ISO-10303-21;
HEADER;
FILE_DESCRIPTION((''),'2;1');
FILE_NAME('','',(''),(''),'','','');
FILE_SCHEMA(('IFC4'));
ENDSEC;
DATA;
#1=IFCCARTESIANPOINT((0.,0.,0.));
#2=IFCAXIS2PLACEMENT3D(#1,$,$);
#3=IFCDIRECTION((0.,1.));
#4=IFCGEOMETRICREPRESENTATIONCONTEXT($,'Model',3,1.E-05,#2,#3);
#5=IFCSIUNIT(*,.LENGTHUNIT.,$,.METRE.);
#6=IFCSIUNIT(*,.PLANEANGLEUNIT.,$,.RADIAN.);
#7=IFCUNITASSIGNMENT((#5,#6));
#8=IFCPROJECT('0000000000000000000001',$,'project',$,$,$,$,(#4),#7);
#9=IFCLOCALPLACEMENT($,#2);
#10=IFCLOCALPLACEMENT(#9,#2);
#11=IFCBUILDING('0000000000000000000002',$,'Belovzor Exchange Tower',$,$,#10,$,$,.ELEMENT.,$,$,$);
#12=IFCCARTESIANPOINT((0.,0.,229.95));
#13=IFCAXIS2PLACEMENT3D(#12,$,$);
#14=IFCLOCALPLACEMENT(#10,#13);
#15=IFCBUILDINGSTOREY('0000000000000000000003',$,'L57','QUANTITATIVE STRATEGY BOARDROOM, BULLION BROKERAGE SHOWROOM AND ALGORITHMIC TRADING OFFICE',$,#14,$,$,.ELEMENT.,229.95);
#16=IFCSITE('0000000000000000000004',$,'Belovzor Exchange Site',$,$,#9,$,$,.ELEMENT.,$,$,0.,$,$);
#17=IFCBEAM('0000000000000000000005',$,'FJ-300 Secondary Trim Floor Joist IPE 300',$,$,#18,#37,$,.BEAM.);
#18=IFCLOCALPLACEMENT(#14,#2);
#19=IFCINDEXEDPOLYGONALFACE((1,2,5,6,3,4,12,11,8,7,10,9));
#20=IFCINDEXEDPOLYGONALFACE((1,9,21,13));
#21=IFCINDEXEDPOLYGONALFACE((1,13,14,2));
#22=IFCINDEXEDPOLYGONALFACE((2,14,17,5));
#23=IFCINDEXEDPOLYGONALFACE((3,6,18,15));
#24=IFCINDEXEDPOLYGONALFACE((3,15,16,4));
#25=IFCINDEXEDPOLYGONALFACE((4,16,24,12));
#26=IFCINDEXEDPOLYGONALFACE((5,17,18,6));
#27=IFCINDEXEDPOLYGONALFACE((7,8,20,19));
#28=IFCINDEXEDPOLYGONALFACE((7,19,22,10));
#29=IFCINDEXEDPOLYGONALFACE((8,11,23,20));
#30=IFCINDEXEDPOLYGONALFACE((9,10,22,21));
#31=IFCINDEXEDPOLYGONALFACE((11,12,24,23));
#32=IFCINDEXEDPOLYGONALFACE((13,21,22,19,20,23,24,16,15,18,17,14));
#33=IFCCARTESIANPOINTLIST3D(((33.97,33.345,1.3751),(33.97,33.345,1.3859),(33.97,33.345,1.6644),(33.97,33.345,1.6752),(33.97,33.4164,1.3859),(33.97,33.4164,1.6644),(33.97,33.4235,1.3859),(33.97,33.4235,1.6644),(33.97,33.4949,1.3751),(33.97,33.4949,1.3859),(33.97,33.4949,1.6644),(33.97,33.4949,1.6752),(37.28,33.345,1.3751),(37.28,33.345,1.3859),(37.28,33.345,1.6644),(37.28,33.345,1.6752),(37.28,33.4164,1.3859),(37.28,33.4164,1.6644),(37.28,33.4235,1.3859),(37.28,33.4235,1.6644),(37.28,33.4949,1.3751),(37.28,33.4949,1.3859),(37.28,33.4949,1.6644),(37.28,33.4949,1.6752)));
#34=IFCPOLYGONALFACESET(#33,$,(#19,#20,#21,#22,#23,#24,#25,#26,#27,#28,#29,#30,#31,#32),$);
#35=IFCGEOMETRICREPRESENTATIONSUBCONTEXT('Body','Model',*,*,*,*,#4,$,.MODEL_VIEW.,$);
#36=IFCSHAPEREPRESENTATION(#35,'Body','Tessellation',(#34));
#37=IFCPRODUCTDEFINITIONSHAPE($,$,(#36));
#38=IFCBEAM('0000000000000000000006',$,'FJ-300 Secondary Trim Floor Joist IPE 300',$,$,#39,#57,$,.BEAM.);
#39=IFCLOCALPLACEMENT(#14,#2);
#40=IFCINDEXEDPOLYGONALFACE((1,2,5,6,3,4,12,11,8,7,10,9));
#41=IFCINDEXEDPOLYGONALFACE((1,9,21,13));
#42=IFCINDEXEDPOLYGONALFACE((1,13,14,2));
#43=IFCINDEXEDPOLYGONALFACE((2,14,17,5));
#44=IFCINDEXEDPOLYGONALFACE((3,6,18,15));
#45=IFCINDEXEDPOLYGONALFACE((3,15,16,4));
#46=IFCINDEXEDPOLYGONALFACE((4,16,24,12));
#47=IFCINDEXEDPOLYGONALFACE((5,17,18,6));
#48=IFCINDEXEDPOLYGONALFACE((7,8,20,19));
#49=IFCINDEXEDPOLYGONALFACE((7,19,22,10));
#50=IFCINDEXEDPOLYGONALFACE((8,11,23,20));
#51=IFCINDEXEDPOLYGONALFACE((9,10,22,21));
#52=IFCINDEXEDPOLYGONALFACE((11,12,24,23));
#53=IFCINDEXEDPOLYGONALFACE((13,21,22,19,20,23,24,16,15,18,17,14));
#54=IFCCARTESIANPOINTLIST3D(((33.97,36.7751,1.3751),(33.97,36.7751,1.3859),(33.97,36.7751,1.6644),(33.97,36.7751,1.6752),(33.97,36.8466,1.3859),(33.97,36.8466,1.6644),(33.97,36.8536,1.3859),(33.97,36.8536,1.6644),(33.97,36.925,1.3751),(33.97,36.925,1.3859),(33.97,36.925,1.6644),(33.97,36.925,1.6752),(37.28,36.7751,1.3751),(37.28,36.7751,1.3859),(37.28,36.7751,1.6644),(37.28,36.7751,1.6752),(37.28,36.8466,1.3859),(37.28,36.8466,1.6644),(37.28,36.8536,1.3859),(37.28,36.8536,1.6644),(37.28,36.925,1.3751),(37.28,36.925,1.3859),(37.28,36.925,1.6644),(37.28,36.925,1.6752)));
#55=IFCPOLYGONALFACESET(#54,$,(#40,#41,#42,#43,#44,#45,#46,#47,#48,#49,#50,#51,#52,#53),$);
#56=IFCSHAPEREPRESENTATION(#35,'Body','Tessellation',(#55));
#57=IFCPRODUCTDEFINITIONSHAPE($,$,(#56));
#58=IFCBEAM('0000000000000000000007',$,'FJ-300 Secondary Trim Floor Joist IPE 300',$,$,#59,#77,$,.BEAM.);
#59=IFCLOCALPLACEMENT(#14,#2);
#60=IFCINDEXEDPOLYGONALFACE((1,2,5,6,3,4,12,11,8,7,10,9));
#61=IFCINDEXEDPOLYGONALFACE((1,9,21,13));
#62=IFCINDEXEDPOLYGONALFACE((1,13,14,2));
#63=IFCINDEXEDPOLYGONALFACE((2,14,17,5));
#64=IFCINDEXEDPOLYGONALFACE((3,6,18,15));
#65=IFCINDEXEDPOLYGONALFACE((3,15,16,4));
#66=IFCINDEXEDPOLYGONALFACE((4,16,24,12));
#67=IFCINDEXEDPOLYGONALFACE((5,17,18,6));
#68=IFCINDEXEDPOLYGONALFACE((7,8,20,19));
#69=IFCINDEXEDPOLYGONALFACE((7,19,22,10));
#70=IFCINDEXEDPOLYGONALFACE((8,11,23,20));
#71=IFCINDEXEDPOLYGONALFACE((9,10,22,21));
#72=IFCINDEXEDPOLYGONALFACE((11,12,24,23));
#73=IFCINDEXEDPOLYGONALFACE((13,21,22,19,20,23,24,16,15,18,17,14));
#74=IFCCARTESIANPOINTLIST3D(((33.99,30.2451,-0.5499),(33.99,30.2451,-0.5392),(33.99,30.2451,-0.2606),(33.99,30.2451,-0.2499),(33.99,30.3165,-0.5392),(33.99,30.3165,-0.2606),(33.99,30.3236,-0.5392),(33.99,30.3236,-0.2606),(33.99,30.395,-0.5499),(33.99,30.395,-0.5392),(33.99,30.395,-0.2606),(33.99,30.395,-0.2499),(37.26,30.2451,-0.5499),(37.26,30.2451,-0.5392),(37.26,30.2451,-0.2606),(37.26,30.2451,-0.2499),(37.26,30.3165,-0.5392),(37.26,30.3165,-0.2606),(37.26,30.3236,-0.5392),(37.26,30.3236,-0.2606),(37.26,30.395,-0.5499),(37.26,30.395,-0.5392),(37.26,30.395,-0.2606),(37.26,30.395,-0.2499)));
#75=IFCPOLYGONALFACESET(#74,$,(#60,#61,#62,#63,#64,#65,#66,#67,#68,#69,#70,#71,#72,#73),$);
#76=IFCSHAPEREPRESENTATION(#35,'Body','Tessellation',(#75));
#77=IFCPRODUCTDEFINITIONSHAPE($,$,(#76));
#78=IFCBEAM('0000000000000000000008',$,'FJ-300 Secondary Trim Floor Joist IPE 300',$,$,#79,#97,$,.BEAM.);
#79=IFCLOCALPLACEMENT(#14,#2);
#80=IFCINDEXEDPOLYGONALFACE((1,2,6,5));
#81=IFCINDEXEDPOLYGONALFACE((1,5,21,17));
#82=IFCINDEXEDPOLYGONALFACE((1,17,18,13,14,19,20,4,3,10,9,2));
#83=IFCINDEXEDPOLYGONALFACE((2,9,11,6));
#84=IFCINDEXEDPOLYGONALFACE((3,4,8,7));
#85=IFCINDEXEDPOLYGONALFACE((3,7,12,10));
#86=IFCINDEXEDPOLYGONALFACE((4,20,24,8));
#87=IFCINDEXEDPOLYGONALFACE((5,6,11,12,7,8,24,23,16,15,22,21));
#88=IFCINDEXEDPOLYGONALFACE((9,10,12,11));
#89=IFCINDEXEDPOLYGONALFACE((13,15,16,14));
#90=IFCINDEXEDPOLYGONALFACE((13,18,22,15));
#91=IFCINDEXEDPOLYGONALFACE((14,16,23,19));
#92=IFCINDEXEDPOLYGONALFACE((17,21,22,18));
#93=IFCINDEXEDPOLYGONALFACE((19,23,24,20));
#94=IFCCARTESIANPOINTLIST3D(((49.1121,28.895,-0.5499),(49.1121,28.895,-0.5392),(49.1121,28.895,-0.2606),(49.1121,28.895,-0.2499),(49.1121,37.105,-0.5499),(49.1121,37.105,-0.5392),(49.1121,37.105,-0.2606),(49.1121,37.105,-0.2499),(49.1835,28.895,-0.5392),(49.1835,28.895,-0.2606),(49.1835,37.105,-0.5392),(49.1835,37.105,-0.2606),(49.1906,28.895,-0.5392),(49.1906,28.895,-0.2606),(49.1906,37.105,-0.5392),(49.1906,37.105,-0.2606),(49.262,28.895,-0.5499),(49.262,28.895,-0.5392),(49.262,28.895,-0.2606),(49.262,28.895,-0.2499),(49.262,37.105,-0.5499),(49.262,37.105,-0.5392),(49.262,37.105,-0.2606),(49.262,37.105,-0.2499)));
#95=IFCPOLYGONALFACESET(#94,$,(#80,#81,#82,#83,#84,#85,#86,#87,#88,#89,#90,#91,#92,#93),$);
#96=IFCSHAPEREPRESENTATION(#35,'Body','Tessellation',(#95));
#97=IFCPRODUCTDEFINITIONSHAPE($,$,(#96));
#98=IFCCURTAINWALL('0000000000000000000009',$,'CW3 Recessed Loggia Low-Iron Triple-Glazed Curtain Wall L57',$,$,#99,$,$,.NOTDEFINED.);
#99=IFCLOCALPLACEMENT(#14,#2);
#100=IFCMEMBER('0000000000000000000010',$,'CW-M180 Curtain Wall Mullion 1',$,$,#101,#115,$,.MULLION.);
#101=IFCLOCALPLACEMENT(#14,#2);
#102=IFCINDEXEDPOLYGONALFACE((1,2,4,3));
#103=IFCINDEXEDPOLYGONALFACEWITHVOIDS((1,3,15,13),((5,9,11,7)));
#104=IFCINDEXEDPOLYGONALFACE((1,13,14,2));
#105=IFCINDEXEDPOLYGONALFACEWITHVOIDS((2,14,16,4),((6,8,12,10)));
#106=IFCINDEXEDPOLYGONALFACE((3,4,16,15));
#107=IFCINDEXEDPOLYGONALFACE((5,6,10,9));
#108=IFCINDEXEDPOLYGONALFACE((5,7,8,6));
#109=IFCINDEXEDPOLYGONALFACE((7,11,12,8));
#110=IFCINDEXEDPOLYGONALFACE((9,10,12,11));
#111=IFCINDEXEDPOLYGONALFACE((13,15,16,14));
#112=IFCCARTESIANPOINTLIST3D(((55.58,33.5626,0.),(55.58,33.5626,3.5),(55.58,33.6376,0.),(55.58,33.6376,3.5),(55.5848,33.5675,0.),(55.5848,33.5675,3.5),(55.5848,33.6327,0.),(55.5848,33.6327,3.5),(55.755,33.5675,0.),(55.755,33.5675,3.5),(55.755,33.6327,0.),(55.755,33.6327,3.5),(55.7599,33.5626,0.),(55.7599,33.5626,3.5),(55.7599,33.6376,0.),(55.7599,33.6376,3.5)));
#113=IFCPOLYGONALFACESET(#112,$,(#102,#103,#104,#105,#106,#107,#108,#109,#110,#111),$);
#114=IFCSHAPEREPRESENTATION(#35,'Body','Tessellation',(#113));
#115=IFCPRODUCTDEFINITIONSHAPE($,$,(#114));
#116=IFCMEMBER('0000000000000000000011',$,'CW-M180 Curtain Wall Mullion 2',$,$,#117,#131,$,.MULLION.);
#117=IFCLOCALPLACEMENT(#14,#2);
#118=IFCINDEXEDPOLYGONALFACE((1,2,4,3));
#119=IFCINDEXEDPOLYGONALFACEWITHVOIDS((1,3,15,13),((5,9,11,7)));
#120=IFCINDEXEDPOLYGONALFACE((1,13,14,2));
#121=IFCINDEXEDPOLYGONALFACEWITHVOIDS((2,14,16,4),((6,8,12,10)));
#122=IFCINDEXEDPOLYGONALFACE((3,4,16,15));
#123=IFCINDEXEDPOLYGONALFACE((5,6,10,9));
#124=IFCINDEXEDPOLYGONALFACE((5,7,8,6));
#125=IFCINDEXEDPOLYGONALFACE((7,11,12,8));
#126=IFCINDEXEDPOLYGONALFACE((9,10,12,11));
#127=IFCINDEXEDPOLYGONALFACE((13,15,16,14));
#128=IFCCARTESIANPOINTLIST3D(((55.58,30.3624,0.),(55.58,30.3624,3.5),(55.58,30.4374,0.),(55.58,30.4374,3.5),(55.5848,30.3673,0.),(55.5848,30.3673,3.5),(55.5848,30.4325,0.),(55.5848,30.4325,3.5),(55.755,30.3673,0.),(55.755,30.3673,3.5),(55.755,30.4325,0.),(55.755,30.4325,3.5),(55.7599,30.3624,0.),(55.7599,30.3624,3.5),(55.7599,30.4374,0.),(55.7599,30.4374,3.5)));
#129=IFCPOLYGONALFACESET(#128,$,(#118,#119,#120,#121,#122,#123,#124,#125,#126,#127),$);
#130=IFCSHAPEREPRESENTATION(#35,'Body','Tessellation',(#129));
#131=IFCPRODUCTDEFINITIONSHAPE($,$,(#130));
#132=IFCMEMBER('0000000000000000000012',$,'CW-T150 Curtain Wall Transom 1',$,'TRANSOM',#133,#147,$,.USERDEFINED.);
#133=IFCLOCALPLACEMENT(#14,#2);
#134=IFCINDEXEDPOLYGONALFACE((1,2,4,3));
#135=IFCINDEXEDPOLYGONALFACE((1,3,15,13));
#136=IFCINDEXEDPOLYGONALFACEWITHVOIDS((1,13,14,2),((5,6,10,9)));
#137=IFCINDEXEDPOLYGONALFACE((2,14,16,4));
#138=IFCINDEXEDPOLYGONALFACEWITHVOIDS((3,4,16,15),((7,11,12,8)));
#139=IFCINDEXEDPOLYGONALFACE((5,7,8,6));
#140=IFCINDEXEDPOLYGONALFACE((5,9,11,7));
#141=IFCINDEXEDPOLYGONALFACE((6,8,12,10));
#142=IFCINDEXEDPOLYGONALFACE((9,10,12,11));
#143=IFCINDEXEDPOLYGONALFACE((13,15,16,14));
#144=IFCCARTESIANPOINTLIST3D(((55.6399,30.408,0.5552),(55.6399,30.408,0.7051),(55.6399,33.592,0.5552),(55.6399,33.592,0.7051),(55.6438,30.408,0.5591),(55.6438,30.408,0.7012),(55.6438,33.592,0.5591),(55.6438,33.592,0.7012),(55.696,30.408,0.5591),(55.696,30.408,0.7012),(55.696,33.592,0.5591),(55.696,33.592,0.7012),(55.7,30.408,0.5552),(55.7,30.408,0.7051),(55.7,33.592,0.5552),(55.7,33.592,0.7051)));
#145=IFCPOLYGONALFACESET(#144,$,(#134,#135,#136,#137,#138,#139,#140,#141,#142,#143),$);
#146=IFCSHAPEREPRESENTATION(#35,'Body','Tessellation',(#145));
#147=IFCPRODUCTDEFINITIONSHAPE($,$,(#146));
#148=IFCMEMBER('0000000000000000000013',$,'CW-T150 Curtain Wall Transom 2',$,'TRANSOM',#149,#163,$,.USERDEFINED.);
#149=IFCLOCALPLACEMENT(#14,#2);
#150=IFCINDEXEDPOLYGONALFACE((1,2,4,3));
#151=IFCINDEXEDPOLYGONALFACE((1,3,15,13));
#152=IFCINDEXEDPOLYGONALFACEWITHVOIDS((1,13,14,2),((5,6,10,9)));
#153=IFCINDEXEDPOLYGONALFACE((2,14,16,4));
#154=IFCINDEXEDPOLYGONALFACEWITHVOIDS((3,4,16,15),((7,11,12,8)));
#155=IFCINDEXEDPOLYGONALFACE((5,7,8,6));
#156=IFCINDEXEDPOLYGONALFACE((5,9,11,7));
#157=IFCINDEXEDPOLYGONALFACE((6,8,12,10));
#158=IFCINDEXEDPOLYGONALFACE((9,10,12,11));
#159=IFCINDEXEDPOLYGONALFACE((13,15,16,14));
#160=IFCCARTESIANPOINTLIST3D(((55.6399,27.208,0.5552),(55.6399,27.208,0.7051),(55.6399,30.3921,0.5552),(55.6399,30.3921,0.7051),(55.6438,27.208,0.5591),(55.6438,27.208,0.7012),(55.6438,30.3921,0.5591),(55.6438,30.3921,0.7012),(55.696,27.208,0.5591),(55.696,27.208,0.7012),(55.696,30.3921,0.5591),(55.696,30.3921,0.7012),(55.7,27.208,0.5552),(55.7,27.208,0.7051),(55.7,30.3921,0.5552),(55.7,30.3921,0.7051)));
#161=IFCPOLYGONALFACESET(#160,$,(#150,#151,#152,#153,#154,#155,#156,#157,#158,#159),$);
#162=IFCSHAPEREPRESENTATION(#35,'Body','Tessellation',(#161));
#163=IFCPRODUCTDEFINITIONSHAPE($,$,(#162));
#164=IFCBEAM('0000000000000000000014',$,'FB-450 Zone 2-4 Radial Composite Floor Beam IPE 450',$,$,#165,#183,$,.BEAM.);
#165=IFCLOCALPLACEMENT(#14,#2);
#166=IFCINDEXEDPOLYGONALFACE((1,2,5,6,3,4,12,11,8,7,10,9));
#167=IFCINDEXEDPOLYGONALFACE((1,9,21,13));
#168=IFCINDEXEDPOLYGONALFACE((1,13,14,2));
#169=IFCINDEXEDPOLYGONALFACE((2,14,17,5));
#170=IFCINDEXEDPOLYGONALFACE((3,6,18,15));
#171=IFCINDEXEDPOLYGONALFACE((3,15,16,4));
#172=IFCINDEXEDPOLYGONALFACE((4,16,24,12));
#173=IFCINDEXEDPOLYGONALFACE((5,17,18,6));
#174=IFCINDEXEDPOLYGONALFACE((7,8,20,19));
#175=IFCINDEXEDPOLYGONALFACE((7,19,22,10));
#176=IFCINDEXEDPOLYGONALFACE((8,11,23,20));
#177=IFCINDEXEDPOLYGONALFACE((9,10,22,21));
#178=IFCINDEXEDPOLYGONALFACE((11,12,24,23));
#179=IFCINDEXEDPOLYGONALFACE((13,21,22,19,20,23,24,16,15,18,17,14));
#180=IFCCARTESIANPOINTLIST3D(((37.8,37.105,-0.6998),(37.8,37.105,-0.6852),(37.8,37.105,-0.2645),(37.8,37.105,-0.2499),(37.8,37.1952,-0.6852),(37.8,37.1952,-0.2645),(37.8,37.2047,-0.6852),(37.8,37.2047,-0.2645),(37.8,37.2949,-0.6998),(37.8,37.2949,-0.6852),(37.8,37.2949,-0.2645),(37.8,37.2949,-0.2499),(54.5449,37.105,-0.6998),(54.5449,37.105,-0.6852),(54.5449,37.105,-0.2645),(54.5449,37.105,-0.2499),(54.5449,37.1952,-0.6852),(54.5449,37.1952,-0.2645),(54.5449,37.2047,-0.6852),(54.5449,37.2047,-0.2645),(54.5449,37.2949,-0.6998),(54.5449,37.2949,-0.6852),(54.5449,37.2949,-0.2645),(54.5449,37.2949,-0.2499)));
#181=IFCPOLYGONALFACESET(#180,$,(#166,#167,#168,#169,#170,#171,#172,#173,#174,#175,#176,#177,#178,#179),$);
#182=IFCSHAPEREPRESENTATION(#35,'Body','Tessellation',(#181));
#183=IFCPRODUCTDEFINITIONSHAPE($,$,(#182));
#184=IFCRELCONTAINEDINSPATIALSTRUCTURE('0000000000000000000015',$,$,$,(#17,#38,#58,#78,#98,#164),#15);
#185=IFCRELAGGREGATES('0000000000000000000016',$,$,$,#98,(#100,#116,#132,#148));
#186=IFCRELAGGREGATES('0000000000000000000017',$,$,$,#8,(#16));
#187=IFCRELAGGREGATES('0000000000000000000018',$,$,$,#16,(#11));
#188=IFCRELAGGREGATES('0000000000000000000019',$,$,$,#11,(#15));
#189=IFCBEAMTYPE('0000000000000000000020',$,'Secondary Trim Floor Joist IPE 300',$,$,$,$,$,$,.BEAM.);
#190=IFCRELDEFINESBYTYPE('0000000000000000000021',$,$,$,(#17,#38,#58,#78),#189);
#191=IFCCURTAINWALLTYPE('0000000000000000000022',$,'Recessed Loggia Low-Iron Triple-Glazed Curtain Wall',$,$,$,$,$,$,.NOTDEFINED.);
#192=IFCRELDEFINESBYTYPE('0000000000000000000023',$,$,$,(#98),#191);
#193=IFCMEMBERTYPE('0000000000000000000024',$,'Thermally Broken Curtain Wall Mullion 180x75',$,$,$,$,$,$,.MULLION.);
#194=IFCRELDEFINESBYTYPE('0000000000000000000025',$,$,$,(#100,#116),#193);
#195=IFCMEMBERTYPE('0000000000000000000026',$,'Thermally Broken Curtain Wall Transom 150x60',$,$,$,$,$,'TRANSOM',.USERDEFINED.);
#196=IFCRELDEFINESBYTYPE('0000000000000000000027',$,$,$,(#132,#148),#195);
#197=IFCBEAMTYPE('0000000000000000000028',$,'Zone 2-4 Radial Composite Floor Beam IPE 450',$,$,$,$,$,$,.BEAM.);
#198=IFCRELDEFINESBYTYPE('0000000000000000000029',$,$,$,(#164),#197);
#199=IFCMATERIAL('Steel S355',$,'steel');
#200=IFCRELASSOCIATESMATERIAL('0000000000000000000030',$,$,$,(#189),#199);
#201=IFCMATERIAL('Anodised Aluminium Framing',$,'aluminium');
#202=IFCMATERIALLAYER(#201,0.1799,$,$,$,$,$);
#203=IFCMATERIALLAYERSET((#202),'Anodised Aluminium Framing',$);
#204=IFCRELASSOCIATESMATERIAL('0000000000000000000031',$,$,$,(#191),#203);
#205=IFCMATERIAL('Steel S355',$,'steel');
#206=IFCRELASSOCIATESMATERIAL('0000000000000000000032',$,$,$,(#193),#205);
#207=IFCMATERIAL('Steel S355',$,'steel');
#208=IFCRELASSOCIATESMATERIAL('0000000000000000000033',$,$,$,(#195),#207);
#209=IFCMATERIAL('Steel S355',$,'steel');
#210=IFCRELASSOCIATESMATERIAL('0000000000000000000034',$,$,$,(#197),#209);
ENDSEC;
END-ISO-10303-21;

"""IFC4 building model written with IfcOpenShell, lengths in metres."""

from ifc_helpers import new_model, si_unit, direction, frame, origin, origin_2d, place, context, subcontext, project, spatial, hollow_rectangle, i_section, extrude, material, layer, layer_set, material_profile, profile_set, type_object, element, aggregate, save


model = new_model("IFC4")

# Units and contexts
model_context = context("Model", 3, precision=1e-05, world=origin(), true_north=direction((0.0, 1.0)))
body_context = subcontext(model_context, "Body", "Model", "MODEL_VIEW")
ifc_project = project(units=[si_unit("LENGTHUNIT", "METRE"), si_unit("PLANEANGLEUNIT", "RADIAN")], contexts=[model_context])

# Site, building, storey
site_placement = place(None, origin())
site = spatial("IfcSite", under=ifc_project, at=site_placement, Name="Belovzor Exchange Site", CompositionType="ELEMENT", RefElevation=0.0)
building_placement = place(site_placement, origin())
building = spatial("IfcBuilding", under=site, at=building_placement, Name="Belovzor Exchange Tower", CompositionType="ELEMENT")
storey_placement = place(building_placement, frame((0.0, 0.0, 229.95)))
storey = spatial("IfcBuildingStorey", under=building, at=storey_placement, Name="L57", Description="QUANTITATIVE STRATEGY BOARDROOM, BULLION BROKERAGE SHOWROOM AND ALGORITHMIC TRADING OFFICE", CompositionType="ELEMENT", Elevation=229.95)

# Beams
ifc_material_1 = material(Name="Steel S355", Category="steel")
ifc_material_profile_1 = material_profile(ifc_material_1, i_section(OverallWidth=0.1499, OverallDepth=0.3, WebThickness=0.0071, FlangeThickness=0.0107, at=origin_2d()))
ifc_profile_set_1 = profile_set([ifc_material_profile_1], Name="Steel S355")
beam_type_1 = type_object("IfcBeamType", Name="Secondary Trim Floor Joist IPE 300", PredefinedType="BEAM", material=ifc_profile_set_1)
for number, where, z_axis, x_axis, name in (
    (1, (37.28, 33.4199, 1.5251), (-1.0, 0.0, 0.0), (0.0, -1.0, 0.0), "FJ-300 Secondary Trim Floor Joist IPE 300"),
    (2, (37.28, 36.8501, 1.5251), (-1.0, 0.0, 0.0), (0.0, -1.0, 0.0), "FJ-300 Secondary Trim Floor Joist IPE 300"),
):
    element("IfcBeam", number, at=place(storey_placement, frame(where, z_axis=z_axis, x_axis=x_axis)), inside=storey, type_object=beam_type_1, Name=name, PredefinedType="BEAM", context=body_context, shape_type="SweptSolid", body=[
        extrude(i_section(OverallWidth=0.1499, OverallDepth=0.3, WebThickness=0.0071, FlangeThickness=0.0107, at=origin_2d()), origin(), (0.0, 0.0, 1.0), 3.3101),
    ])
beam_1_placement = place(storey_placement, frame((37.26, 30.3201, -0.3999), z_axis=(-1.0, 0.0, 0.0), x_axis=(0.0, -1.0, 0.0)))
element("IfcBeam", 3, at=beam_1_placement, inside=storey, type_object=beam_type_1, Name="FJ-300 Secondary Trim Floor Joist IPE 300", PredefinedType="BEAM", context=body_context, shape_type="SweptSolid", body=[
    extrude(i_section(OverallWidth=0.1499, OverallDepth=0.3, WebThickness=0.0071, FlangeThickness=0.0107, at=origin_2d()), origin(), (0.0, 0.0, 1.0), 3.27),
])
beam_2_placement = place(storey_placement, frame((49.187, 28.895, -0.3999), z_axis=(0.0, 1.0, 0.0), x_axis=(-1.0, 0.0, 0.0)))
element("IfcBeam", 4, at=beam_2_placement, inside=storey, type_object=beam_type_1, Name="FJ-300 Secondary Trim Floor Joist IPE 300", PredefinedType="BEAM", context=body_context, shape_type="SweptSolid", body=[
    extrude(i_section(OverallWidth=0.1499, OverallDepth=0.3, WebThickness=0.0071, FlangeThickness=0.0107, at=origin_2d()), origin(), (0.0, 0.0, 1.0), 8.21),
])

# Curtain wall, members
ifc_material_2 = material(Name="Anodised Aluminium Framing", Category="aluminium")
ifc_layer_1 = layer(ifc_material_2, 0.1799)
ifc_layer_set_1 = layer_set([ifc_layer_1], Name="Anodised Aluminium Framing")
curtain_wall_type = type_object("IfcCurtainWallType", Name="Recessed Loggia Low-Iron Triple-Glazed Curtain Wall", PredefinedType="NOTDEFINED", material=ifc_layer_set_1)
curtain_wall_placement = place(storey_placement, origin())
curtain_wall = element("IfcCurtainWall", 5, at=curtain_wall_placement, inside=storey, type_object=curtain_wall_type, Name="CW3 Recessed Loggia Low-Iron Triple-Glazed Curtain Wall L57", PredefinedType="NOTDEFINED")
ifc_material_3 = material(Name="Steel S355", Category="steel")
ifc_material_profile_2 = material_profile(ifc_material_3, hollow_rectangle(XDim=0.075, YDim=0.1799, WallThickness=0.0049, at=origin_2d()))
ifc_profile_set_2 = profile_set([ifc_material_profile_2], Name="Steel S355")
member_type_1 = type_object("IfcMemberType", Name="Thermally Broken Curtain Wall Mullion 180x75", PredefinedType="MULLION", material=ifc_profile_set_2)
member_1_placement = place(storey_placement, frame((55.6699, 33.6001, 0.0), z_axis=(0.0, 0.0, 1.0), x_axis=(0.0, -1.0, 0.0)))
member_1 = element("IfcMember", 6, at=member_1_placement, type_object=member_type_1, Name="CW-M180 Curtain Wall Mullion 1", PredefinedType="MULLION", context=body_context, shape_type="SweptSolid", body=[
    extrude(hollow_rectangle(XDim=0.075, YDim=0.1799, WallThickness=0.0049, at=origin_2d()), origin(), (0.0, 0.0, 1.0), 3.5),
])
member_2_placement = place(storey_placement, frame((55.6699, 30.3999, 0.0), z_axis=(0.0, 0.0, 1.0), x_axis=(0.0, -1.0, 0.0)))
member_2 = element("IfcMember", 7, at=member_2_placement, type_object=member_type_1, Name="CW-M180 Curtain Wall Mullion 2", PredefinedType="MULLION", context=body_context, shape_type="SweptSolid", body=[
    extrude(hollow_rectangle(XDim=0.075, YDim=0.1799, WallThickness=0.0049, at=origin_2d()), origin(), (0.0, 0.0, 1.0), 3.5),
])
ifc_material_4 = material(Name="Steel S355", Category="steel")
ifc_material_profile_3 = material_profile(ifc_material_4, hollow_rectangle(XDim=0.0601, YDim=0.1499, WallThickness=0.0039, at=origin_2d()))
ifc_profile_set_3 = profile_set([ifc_material_profile_3], Name="Steel S355")
member_type_2 = type_object("IfcMemberType", Name="Thermally Broken Curtain Wall Transom 150x60", ElementType="TRANSOM", PredefinedType="USERDEFINED", material=ifc_profile_set_3)
member_3_placement = place(storey_placement, frame((55.6699, 33.592, 0.6301), z_axis=(0.0, -1.0, 0.0), x_axis=(1.0, 0.0, 0.0)))
member_3 = element("IfcMember", 8, at=member_3_placement, type_object=member_type_2, Name="CW-T150 Curtain Wall Transom 1", ObjectType="TRANSOM", PredefinedType="USERDEFINED", context=body_context, shape_type="SweptSolid", body=[
    extrude(hollow_rectangle(XDim=0.0601, YDim=0.1499, WallThickness=0.0039, at=origin_2d()), origin(), (0.0, 0.0, 1.0), 3.1841),
])
member_4_placement = place(storey_placement, frame((55.6699, 30.3921, 0.6301), z_axis=(0.0, -1.0, 0.0), x_axis=(1.0, 0.0, 0.0)))
member_4 = element("IfcMember", 9, at=member_4_placement, type_object=member_type_2, Name="CW-T150 Curtain Wall Transom 2", ObjectType="TRANSOM", PredefinedType="USERDEFINED", context=body_context, shape_type="SweptSolid", body=[
    extrude(hollow_rectangle(XDim=0.0601, YDim=0.1499, WallThickness=0.0039, at=origin_2d()), origin(), (0.0, 0.0, 1.0), 3.1841),
])

# Beam
ifc_material_5 = material(Name="Steel S355", Category="steel")
ifc_material_profile_4 = material_profile(ifc_material_5, i_section(OverallWidth=0.1899, OverallDepth=0.45, WebThickness=0.0095, FlangeThickness=0.0146, at=origin_2d()))
ifc_profile_set_4 = profile_set([ifc_material_profile_4], Name="Steel S355")
beam_type_2 = type_object("IfcBeamType", Name="Zone 2-4 Radial Composite Floor Beam IPE 450", PredefinedType="BEAM", material=ifc_profile_set_4)
beam_3_placement = place(storey_placement, frame((37.8, 37.2, -0.4749), z_axis=(1.0, 0.0, 0.0), x_axis=(0.0, 1.0, 0.0)))
element("IfcBeam", 10, at=beam_3_placement, inside=storey, type_object=beam_type_2, Name="FB-450 Zone 2-4 Radial Composite Floor Beam IPE 450", PredefinedType="BEAM", context=body_context, shape_type="SweptSolid", body=[
    extrude(i_section(OverallWidth=0.1899, OverallDepth=0.45, WebThickness=0.0095, FlangeThickness=0.0146, at=origin_2d()), origin(), (0.0, 0.0, 1.0), 16.7449),
])

aggregate(curtain_wall, [member_1, member_2, member_3, member_4])

save(model, "model.ifc")
